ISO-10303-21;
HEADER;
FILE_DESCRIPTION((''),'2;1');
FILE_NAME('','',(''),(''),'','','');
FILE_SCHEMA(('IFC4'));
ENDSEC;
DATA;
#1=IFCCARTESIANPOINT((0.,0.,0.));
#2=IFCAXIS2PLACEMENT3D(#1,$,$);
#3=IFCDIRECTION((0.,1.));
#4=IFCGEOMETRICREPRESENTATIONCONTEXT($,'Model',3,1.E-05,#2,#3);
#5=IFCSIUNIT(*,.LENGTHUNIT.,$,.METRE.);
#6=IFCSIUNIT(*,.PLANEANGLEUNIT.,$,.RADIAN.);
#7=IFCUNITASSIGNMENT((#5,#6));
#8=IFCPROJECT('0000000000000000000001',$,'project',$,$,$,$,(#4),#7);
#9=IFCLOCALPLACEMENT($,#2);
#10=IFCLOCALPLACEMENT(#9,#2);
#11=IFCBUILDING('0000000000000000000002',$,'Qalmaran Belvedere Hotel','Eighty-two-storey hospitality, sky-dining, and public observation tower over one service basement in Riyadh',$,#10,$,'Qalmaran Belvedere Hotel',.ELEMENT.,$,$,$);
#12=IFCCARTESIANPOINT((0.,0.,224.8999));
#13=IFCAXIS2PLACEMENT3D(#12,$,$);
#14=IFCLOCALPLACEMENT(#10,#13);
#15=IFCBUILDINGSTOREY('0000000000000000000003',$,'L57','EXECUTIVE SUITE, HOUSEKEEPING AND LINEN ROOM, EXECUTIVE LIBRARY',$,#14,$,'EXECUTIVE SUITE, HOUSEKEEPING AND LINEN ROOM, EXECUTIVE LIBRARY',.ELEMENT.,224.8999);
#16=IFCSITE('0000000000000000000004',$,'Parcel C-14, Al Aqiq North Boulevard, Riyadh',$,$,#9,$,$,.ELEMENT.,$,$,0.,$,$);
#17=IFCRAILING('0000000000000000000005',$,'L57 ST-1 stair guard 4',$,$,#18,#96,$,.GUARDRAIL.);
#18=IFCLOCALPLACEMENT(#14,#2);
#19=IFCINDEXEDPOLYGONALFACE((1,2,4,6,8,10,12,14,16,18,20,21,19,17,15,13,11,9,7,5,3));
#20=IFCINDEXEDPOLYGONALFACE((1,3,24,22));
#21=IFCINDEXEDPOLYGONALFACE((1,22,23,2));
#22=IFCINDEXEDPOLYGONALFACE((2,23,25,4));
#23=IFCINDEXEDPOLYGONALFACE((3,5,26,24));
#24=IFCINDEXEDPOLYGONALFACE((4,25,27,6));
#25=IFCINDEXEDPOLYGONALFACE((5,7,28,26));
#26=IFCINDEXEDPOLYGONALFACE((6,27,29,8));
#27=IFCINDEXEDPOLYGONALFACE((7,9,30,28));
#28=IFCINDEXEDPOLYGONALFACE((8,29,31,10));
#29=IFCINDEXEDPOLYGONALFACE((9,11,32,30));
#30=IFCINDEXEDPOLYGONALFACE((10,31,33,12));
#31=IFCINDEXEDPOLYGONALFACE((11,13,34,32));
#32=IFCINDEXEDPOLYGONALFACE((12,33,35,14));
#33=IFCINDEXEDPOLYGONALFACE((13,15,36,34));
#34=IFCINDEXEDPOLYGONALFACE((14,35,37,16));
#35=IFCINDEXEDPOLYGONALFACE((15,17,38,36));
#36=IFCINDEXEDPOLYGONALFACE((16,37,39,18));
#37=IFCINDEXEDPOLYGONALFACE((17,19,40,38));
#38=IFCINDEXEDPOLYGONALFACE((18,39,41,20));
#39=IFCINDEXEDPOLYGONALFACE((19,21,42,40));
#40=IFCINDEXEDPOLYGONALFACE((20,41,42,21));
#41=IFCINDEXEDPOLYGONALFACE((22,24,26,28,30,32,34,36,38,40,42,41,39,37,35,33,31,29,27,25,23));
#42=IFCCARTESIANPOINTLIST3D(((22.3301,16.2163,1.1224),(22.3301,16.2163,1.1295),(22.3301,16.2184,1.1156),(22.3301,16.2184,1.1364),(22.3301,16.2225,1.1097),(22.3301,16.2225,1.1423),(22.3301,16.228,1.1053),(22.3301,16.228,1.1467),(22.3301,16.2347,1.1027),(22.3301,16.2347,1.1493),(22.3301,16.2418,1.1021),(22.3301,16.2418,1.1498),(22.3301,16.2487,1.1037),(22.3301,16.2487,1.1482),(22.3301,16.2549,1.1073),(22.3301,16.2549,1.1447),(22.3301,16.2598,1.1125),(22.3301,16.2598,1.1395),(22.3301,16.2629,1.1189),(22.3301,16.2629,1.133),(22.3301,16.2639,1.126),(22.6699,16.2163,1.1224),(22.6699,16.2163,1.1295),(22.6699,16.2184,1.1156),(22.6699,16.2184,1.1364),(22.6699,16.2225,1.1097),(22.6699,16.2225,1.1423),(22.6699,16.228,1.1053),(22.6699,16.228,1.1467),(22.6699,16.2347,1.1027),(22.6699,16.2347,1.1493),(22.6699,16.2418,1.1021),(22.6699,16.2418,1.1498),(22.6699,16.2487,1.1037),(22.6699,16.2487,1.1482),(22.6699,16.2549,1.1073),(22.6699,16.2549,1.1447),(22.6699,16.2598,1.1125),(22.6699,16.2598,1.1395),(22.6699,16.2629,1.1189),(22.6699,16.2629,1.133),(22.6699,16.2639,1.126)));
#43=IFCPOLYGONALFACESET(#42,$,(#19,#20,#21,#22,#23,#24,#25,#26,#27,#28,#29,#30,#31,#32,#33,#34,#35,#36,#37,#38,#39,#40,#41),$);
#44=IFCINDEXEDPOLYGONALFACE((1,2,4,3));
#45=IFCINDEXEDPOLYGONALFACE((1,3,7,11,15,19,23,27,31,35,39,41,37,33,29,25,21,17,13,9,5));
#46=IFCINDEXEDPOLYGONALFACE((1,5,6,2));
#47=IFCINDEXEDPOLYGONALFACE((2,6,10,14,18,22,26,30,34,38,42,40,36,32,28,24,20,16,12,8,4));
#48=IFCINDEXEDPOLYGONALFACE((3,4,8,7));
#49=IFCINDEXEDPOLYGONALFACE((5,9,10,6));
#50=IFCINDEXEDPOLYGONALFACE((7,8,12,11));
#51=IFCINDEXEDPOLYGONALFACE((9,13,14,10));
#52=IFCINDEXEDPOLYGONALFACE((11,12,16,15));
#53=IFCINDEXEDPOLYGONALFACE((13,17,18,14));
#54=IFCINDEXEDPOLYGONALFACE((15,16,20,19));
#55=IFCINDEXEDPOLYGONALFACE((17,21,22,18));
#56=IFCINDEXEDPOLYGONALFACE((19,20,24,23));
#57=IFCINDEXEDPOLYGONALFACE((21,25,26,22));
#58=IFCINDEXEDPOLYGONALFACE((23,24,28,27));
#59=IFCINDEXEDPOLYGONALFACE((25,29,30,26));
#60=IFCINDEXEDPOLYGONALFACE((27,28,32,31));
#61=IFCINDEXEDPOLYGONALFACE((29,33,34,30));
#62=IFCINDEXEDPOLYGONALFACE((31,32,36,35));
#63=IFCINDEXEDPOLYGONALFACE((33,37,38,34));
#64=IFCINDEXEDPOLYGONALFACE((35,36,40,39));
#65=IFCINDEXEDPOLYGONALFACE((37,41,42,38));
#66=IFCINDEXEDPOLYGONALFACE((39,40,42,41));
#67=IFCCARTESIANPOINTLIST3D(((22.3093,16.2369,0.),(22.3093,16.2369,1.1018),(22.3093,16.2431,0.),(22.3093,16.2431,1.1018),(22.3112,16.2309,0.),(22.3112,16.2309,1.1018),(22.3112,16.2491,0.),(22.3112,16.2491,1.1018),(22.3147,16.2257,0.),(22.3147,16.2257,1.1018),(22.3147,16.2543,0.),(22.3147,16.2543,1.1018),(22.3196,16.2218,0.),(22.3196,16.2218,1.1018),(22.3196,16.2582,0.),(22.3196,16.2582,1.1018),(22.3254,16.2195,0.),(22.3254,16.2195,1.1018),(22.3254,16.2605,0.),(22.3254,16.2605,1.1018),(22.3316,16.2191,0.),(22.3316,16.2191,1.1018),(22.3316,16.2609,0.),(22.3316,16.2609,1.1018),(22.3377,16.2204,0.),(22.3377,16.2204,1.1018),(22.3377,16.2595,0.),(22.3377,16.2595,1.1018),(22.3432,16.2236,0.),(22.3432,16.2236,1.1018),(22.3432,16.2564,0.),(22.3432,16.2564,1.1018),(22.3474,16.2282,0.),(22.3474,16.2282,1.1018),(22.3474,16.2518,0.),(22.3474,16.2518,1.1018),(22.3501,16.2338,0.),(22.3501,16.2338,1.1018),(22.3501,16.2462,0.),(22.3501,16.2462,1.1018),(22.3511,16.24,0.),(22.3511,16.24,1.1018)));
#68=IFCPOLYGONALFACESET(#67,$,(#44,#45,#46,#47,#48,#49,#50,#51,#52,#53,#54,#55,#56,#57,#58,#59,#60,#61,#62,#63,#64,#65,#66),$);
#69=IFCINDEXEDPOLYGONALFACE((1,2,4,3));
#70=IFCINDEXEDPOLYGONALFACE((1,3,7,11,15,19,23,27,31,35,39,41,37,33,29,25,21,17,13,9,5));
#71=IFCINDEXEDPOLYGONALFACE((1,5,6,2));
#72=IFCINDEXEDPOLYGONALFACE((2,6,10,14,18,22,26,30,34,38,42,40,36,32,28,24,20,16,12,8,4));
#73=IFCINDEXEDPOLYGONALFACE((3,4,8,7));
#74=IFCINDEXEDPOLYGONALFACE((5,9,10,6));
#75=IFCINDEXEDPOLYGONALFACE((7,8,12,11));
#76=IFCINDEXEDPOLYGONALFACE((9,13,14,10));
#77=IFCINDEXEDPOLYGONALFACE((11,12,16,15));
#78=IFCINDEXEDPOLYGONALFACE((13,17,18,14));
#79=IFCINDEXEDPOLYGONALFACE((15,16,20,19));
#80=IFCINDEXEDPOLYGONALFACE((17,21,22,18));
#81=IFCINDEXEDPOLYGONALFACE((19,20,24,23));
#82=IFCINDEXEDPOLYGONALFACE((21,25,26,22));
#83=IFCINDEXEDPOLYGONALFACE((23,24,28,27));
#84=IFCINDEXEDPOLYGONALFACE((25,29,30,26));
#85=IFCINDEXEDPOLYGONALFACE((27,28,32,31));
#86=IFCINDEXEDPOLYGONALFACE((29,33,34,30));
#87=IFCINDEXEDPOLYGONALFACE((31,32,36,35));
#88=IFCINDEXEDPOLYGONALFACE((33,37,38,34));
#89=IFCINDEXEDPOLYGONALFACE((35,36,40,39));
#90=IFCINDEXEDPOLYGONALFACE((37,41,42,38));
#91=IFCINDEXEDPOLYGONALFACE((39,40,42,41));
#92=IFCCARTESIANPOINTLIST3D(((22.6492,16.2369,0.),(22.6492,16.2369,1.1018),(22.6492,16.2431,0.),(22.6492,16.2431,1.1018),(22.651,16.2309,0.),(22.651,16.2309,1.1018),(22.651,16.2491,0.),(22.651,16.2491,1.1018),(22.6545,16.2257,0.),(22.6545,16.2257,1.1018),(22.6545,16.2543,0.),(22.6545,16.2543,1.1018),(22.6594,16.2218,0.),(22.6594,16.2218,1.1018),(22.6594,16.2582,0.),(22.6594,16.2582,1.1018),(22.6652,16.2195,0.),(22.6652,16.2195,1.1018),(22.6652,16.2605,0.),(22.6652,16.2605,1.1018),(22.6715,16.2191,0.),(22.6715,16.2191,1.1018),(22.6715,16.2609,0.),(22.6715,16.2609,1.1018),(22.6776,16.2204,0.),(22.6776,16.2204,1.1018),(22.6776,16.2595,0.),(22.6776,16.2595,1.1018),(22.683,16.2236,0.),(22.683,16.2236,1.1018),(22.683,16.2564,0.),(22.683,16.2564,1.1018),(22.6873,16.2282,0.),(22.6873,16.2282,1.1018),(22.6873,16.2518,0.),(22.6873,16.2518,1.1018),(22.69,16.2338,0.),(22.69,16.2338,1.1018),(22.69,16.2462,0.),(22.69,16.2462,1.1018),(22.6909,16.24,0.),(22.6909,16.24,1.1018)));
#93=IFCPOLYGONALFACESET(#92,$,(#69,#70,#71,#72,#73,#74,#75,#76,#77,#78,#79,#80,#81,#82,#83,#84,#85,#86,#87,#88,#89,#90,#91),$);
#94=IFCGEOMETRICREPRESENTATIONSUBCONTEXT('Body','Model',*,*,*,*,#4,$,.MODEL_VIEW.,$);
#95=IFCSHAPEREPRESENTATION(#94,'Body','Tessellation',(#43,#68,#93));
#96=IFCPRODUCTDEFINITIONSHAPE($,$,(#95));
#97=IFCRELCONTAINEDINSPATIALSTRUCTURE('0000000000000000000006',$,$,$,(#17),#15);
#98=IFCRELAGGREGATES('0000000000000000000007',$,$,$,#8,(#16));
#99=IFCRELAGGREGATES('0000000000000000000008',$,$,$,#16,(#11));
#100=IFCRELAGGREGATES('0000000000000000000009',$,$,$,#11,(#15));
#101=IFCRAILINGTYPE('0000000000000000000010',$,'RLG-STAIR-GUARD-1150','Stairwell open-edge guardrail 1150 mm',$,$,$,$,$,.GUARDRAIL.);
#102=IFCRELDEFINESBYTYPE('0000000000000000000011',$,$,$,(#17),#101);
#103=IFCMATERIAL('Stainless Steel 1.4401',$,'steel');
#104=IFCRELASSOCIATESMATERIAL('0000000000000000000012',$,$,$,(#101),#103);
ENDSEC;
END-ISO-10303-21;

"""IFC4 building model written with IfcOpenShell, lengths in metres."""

from ifc_helpers import new_model, si_unit, direction, frame, origin, origin_2d, place, context, subcontext, project, spatial, circle, extrude, material, type_object, element, save


model = new_model("IFC4")

# Units and contexts
model_context = context("Model", 3, precision=1e-05, world=origin(), true_north=direction((0.0, 1.0)))
body_context = subcontext(model_context, "Body", "Model", "MODEL_VIEW")
ifc_project = project(units=[si_unit("LENGTHUNIT", "METRE"), si_unit("PLANEANGLEUNIT", "RADIAN")], contexts=[model_context])

# Site, building, storey
site_placement = place(None, origin())
site = spatial("IfcSite", under=ifc_project, at=site_placement, Name="Parcel C-14, Al Aqiq North Boulevard, Riyadh", CompositionType="ELEMENT", RefElevation=0.0)
building_placement = place(site_placement, origin())
building = spatial("IfcBuilding", under=site, at=building_placement, Name="Qalmaran Belvedere Hotel", Description="Eighty-two-storey hospitality, sky-dining, and public observation tower over one service basement in Riyadh", LongName="Qalmaran Belvedere Hotel", CompositionType="ELEMENT")
storey_placement = place(building_placement, frame((0.0, 0.0, 224.8999)))
storey = spatial("IfcBuildingStorey", under=building, at=storey_placement, Name="L57", Description="EXECUTIVE SUITE, HOUSEKEEPING AND LINEN ROOM, EXECUTIVE LIBRARY", LongName="EXECUTIVE SUITE, HOUSEKEEPING AND LINEN ROOM, EXECUTIVE LIBRARY", CompositionType="ELEMENT", Elevation=224.8999)

# Railing
ifc_material_1 = material(Name="Stainless Steel 1.4401", Category="steel")
railing_type_1 = type_object("IfcRailingType", Name="RLG-STAIR-GUARD-1150", Description="Stairwell open-edge guardrail 1150 mm", PredefinedType="GUARDRAIL", material=ifc_material_1)
railing_1_placement = place(storey_placement, frame((22.3301, 16.24, 0.0)))
element("IfcRailing", 1, at=railing_1_placement, inside=storey, type_object=railing_type_1, Name="L57 ST-1 stair guard 4", PredefinedType="GUARDRAIL", context=body_context, shape_type="SweptSolid", body=[
    extrude(circle(Radius=0.0239, at=origin_2d()), frame((0.0, 0.0, 1.126), z_axis=(1.0, 0.0, 0.0), x_axis=(0.0, 1.0, 0.0)), (0.0, 0.0, 1.0), 0.3398),
    extrude(circle(Radius=0.021, at=origin_2d()), origin(), (0.0, 0.0, 1.0), 1.1018),
    extrude(circle(Radius=0.021, at=origin_2d()), frame((0.3398, 0.0, 0.0)), (0.0, 0.0, 1.0), 1.1018),
])

save(model, "model.ifc")
